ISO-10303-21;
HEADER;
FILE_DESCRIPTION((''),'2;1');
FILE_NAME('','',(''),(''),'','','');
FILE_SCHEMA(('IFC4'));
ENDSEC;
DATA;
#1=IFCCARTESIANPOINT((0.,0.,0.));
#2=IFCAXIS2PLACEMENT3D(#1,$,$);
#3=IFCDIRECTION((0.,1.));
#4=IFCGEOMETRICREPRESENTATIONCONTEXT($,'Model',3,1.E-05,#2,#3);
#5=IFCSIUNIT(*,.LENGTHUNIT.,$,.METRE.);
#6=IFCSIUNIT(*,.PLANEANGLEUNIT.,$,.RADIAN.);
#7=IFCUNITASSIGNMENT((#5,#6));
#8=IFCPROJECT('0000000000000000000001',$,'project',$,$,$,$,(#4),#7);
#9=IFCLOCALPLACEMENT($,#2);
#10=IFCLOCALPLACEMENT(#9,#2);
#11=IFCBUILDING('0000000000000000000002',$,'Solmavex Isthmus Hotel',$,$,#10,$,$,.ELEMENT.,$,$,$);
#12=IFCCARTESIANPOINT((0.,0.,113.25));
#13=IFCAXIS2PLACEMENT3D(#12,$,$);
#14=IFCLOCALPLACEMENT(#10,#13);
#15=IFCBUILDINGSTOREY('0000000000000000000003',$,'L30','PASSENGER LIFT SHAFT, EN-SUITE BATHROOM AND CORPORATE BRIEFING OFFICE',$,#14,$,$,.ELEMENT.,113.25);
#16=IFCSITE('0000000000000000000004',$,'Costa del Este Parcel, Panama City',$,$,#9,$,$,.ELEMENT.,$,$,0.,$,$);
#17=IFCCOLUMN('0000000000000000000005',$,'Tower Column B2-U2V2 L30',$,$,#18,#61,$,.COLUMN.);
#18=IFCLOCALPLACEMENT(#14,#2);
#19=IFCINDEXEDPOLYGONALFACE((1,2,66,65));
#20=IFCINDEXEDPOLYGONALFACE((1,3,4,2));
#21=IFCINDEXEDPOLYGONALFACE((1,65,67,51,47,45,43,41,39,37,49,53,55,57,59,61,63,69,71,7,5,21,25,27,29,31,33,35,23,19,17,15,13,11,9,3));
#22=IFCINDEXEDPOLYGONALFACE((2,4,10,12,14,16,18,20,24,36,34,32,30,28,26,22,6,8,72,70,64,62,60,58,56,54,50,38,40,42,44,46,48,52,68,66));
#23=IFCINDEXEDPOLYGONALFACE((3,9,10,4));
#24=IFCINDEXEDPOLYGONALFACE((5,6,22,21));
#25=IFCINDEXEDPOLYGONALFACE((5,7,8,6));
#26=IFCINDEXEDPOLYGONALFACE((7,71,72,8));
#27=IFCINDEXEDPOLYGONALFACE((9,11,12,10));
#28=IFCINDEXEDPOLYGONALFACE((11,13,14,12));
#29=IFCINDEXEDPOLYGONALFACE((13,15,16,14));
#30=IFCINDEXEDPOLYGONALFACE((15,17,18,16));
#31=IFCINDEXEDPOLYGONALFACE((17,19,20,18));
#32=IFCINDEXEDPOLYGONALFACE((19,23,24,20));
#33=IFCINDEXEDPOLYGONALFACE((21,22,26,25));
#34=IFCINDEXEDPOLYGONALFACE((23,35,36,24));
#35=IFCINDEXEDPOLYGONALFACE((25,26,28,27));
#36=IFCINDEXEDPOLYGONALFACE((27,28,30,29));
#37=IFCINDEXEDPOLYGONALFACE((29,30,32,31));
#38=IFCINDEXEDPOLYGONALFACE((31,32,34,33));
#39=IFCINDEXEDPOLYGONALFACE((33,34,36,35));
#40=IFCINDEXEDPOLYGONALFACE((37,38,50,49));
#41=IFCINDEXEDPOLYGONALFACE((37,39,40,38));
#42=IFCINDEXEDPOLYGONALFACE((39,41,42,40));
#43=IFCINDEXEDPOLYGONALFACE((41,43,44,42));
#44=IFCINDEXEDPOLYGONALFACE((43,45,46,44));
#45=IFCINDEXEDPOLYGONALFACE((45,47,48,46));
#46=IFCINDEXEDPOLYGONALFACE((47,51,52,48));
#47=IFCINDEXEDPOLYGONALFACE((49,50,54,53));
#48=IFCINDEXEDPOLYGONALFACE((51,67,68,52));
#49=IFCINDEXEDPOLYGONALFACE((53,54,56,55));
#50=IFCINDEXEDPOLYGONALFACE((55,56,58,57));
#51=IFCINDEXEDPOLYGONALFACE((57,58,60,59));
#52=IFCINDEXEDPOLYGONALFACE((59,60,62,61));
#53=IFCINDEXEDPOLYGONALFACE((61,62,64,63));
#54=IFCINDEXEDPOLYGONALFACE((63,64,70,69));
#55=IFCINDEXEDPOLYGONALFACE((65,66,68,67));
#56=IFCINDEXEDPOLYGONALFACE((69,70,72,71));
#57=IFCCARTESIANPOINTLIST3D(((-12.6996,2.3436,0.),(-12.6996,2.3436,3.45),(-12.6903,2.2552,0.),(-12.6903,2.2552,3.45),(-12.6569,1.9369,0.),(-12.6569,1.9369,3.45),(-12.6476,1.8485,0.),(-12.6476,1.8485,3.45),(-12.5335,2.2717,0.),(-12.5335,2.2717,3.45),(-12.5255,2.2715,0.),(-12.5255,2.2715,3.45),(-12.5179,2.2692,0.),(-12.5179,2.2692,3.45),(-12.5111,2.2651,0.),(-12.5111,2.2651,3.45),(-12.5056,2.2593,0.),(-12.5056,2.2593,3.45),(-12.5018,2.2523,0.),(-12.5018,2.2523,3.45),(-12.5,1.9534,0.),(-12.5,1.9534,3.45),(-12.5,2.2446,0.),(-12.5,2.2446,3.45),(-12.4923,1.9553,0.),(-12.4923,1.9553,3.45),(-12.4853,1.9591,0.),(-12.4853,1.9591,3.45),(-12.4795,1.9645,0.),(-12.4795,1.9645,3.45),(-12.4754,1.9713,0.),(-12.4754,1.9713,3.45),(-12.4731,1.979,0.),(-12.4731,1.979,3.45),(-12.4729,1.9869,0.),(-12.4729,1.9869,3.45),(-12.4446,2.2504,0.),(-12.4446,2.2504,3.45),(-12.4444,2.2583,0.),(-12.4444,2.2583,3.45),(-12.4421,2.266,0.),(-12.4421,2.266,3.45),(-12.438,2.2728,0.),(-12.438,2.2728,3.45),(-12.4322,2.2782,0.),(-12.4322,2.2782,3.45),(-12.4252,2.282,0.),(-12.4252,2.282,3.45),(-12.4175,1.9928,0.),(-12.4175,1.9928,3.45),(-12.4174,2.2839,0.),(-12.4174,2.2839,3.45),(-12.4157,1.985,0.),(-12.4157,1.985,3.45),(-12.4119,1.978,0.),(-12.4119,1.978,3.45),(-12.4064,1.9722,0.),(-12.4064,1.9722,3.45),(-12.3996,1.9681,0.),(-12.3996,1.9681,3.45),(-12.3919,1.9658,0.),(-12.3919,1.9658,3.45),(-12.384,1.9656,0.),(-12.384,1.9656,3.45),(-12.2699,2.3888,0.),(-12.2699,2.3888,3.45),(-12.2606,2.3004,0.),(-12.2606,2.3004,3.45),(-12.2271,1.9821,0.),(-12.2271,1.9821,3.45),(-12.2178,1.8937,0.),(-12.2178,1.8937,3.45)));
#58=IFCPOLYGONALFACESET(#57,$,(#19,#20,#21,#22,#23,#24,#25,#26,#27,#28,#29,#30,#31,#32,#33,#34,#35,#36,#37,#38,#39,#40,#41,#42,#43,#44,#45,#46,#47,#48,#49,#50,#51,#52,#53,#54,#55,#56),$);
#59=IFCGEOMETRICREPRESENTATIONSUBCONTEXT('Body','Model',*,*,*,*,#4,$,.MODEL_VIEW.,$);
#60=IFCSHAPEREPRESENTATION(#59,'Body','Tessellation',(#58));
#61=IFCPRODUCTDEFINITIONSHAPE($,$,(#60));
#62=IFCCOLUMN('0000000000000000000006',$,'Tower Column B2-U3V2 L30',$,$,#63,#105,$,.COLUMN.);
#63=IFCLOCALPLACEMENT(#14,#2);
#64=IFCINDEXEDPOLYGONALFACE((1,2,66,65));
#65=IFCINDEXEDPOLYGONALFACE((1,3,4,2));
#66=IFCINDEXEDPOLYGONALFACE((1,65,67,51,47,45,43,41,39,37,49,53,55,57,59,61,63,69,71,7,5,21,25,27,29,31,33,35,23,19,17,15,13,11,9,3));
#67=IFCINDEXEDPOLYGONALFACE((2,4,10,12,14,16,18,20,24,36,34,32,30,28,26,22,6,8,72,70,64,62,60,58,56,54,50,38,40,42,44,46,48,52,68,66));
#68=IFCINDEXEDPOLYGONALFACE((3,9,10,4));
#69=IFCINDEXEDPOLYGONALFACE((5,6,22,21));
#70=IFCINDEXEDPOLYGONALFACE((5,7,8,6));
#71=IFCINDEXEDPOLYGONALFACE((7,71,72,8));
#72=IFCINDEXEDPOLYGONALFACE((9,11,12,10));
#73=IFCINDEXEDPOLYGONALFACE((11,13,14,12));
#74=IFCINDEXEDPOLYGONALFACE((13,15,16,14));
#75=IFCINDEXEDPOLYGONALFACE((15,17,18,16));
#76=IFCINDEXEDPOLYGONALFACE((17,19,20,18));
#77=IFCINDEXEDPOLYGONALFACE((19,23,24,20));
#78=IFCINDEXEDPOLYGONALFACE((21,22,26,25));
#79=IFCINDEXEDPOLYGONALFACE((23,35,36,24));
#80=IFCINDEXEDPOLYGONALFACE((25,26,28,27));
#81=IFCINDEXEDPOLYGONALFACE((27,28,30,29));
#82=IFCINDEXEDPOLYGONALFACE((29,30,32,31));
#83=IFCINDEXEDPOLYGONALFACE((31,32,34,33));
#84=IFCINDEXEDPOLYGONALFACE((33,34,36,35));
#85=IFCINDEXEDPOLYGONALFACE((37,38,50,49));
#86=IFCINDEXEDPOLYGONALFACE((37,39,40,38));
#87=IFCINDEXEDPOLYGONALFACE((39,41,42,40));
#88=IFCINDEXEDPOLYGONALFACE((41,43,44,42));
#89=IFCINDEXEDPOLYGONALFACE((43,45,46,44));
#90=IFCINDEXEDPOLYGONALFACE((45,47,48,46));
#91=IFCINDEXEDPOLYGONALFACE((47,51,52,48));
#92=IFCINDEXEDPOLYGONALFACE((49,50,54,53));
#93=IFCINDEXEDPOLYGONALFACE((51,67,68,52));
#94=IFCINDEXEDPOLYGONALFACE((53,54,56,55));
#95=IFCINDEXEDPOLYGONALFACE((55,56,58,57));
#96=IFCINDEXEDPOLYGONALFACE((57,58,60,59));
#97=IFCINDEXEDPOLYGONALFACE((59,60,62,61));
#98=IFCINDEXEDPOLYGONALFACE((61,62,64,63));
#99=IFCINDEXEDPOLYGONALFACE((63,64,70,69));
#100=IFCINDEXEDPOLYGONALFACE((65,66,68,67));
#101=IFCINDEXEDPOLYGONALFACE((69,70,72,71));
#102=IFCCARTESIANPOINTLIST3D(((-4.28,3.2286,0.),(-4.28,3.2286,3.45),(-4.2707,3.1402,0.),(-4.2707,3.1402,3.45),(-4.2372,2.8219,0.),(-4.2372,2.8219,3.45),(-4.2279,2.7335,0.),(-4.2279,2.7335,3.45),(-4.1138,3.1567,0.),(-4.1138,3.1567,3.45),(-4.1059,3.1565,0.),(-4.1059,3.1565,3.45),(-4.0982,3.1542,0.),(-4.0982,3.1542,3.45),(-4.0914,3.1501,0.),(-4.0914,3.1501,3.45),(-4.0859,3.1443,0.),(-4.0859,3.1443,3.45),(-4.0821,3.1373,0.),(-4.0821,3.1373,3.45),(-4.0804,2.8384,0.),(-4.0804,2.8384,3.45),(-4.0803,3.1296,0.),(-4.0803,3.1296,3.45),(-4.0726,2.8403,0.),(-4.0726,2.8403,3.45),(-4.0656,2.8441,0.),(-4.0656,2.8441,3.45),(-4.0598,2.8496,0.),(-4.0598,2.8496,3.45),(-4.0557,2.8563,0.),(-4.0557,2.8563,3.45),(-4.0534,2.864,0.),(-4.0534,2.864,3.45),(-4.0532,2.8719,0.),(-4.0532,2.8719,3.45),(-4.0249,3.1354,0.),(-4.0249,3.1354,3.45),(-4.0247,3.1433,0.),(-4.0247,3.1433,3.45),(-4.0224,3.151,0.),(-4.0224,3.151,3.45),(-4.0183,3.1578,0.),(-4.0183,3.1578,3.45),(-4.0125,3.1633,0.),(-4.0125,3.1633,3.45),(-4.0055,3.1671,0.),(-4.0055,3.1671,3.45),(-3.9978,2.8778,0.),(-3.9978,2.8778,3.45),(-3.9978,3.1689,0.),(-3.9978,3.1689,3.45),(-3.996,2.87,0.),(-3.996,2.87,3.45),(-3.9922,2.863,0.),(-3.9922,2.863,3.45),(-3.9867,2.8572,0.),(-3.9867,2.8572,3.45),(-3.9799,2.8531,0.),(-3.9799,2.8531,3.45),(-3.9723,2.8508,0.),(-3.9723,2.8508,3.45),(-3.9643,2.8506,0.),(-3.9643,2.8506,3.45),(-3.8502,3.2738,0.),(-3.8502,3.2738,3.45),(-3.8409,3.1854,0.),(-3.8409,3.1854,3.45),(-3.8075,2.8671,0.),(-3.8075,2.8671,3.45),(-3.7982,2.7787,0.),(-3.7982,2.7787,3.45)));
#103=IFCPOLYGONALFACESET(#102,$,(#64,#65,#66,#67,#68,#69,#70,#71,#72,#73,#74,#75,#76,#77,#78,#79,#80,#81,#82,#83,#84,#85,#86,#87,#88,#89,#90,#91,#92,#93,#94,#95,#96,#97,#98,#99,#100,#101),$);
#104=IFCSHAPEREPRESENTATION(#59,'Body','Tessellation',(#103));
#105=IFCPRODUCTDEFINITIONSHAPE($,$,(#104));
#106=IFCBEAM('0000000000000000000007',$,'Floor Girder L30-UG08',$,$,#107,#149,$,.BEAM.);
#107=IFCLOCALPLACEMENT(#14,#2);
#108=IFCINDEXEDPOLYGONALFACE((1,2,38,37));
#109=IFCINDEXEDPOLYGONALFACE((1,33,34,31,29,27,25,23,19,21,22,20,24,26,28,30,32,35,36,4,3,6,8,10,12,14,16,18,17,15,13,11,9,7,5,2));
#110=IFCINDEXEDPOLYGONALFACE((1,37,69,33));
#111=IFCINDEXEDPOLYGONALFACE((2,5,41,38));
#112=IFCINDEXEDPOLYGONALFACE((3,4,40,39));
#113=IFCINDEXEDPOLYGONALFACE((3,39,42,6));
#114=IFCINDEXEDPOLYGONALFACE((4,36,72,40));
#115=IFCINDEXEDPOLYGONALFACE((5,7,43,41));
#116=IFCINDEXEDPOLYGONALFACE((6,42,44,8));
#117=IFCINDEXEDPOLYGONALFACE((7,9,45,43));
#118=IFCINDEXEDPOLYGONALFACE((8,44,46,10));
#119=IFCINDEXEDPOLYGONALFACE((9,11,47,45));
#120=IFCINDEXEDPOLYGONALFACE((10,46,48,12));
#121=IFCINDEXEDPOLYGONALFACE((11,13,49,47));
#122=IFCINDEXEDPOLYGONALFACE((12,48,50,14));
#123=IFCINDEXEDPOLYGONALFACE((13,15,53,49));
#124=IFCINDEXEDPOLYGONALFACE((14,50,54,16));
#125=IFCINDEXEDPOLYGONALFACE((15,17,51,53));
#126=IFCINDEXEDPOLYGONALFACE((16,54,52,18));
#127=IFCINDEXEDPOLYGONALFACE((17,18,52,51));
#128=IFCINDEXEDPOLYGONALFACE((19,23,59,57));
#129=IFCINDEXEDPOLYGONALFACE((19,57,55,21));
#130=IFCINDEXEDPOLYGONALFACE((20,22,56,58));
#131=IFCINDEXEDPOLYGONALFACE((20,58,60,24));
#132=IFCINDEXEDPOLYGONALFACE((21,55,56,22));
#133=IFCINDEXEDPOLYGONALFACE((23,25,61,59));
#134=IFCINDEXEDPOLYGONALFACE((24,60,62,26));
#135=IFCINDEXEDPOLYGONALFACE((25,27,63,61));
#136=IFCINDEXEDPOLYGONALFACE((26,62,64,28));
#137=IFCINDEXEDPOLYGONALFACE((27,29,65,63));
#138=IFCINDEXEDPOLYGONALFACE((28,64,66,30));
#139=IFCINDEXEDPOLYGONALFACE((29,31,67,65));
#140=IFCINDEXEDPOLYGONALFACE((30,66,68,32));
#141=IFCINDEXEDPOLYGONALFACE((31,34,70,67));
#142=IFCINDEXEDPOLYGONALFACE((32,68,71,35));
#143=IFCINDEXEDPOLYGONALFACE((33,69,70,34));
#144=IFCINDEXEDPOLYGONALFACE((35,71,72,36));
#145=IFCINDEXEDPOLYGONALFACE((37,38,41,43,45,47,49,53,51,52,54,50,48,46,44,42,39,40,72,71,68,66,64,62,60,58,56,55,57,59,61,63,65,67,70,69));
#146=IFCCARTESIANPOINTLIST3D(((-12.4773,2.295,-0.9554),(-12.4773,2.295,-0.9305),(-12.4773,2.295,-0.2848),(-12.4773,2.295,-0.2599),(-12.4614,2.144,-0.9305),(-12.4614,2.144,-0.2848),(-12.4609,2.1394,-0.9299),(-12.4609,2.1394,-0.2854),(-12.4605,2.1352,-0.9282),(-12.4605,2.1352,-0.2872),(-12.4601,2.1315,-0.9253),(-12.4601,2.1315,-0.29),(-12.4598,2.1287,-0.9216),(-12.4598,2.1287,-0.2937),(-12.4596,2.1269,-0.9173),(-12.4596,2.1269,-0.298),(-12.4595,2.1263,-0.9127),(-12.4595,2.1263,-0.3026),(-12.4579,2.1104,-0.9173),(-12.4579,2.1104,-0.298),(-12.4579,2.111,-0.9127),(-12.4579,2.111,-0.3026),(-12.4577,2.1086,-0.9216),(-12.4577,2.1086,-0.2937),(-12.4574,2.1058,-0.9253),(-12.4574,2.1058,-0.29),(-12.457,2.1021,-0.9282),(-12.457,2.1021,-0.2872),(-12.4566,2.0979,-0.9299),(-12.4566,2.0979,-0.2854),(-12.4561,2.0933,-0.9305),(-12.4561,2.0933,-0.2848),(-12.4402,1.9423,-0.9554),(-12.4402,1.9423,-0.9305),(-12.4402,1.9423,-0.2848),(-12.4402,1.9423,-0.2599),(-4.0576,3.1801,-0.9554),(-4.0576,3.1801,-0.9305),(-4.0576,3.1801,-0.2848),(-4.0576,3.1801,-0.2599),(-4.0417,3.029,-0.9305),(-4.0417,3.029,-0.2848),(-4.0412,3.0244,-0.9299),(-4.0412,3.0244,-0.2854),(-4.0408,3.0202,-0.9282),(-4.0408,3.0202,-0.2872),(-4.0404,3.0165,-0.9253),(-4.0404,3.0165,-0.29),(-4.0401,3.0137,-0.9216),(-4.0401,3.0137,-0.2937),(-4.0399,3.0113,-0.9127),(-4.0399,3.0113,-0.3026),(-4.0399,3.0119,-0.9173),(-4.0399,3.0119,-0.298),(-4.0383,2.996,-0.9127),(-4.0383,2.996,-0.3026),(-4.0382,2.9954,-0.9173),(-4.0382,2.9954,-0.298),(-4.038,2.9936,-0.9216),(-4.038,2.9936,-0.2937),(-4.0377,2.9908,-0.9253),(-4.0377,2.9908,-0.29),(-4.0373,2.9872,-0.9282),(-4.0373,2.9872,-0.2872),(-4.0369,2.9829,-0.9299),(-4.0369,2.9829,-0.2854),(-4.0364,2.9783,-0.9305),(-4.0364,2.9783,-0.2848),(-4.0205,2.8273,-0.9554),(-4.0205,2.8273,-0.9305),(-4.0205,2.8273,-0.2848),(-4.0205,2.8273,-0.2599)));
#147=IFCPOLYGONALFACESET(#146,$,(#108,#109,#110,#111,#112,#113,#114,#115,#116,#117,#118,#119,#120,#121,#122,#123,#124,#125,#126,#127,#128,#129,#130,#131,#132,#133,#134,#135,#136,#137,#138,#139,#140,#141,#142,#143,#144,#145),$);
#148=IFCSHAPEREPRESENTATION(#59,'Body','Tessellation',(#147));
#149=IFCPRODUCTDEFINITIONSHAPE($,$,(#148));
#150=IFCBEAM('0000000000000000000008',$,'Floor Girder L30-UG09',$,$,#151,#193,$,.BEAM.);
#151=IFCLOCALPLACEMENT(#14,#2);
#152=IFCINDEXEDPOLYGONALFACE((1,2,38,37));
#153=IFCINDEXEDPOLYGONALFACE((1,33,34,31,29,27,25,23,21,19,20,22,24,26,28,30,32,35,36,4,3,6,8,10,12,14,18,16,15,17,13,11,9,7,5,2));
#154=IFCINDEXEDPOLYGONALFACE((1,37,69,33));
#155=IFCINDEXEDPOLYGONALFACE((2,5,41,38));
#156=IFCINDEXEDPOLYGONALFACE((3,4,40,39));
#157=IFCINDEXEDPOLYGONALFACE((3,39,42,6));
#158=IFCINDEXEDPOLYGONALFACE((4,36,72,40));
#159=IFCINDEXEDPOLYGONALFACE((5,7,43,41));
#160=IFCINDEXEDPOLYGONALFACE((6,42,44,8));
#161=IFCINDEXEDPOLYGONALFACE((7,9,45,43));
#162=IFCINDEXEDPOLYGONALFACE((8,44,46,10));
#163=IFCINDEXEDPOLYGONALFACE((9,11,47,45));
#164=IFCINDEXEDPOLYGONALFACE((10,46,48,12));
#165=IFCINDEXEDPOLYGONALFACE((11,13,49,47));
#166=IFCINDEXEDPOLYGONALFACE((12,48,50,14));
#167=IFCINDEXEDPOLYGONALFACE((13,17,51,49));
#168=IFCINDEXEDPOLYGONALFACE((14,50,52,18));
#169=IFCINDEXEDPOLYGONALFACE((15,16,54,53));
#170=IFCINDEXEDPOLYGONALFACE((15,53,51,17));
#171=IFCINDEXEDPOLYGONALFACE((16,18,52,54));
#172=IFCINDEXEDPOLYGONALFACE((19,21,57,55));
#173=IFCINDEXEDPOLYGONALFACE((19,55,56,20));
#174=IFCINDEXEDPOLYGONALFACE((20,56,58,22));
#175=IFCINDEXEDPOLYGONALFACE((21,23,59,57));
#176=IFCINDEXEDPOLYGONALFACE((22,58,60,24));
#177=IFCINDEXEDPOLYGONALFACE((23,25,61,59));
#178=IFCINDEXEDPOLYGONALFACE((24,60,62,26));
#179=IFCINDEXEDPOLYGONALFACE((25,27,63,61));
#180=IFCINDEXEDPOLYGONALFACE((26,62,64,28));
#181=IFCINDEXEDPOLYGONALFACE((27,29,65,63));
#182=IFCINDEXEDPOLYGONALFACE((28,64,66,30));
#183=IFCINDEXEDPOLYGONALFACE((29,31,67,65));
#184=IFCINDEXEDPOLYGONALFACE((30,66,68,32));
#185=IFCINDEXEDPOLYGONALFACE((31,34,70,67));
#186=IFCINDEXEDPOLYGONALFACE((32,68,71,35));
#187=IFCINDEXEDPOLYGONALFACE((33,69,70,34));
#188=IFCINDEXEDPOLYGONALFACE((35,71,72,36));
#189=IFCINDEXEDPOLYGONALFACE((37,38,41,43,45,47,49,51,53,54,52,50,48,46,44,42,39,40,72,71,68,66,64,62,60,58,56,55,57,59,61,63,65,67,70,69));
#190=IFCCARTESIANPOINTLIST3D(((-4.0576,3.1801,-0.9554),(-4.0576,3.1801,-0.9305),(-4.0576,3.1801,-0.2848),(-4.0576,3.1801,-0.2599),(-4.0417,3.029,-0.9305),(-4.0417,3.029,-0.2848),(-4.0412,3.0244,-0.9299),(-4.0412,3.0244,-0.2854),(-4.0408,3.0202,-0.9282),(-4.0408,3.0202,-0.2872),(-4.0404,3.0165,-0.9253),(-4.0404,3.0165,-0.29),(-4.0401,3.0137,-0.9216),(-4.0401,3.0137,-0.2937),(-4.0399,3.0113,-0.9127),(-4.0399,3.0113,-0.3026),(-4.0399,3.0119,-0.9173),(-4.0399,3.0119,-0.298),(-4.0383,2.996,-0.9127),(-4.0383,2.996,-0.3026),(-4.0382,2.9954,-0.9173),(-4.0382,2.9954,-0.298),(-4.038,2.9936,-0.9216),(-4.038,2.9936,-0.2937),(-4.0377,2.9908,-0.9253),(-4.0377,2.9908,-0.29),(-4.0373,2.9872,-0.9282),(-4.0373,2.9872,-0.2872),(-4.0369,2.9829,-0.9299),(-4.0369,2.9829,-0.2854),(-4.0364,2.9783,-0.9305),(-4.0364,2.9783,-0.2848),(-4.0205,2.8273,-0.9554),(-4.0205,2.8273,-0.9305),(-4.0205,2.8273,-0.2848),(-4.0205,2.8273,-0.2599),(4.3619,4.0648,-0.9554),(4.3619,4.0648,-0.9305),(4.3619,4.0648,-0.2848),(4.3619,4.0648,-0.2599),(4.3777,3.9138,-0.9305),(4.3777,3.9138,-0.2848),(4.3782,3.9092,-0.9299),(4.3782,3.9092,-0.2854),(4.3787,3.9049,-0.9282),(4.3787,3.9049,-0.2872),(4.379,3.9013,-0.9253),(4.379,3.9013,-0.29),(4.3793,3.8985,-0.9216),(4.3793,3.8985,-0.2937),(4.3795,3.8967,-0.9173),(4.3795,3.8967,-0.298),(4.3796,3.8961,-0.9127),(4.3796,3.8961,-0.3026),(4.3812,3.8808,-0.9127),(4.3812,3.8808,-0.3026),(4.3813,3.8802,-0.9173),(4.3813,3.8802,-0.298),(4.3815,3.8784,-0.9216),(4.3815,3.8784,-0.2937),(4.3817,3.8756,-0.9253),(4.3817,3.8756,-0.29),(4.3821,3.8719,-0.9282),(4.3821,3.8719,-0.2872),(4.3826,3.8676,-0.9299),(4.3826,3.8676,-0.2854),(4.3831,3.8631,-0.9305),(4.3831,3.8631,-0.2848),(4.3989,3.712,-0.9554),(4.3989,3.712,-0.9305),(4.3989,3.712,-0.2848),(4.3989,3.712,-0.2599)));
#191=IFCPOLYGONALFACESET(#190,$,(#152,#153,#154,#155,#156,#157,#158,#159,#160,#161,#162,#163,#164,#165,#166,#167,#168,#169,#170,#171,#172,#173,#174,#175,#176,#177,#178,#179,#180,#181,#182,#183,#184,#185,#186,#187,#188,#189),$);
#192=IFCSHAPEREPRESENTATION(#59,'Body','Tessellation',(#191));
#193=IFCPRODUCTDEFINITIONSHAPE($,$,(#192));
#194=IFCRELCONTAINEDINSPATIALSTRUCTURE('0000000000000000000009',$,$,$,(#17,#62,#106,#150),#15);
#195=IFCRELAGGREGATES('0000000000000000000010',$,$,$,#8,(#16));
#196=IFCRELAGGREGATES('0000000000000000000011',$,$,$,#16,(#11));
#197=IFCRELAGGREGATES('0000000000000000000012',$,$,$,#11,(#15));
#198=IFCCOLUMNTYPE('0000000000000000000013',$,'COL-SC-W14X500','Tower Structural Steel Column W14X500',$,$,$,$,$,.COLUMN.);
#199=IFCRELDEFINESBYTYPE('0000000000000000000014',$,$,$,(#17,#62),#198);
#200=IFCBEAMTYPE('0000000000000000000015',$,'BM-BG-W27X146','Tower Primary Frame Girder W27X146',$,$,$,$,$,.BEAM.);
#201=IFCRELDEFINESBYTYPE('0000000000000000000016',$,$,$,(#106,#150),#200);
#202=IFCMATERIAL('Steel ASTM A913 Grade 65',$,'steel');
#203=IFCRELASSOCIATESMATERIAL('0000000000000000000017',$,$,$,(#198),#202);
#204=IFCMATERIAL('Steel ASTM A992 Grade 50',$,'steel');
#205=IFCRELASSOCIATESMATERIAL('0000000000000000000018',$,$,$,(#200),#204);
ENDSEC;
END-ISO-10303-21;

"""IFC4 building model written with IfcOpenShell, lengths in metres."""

from ifc_helpers import new_model, si_unit, direction, frame, origin, origin_2d, place, context, subcontext, project, spatial, i_section, extrude, material, material_profile, profile_set, type_object, element, save


model = new_model("IFC4")

# Units and contexts
model_context = context("Model", 3, precision=1e-05, world=origin(), true_north=direction((0.0, 1.0)))
body_context = subcontext(model_context, "Body", "Model", "MODEL_VIEW")
ifc_project = project(units=[si_unit("LENGTHUNIT", "METRE"), si_unit("PLANEANGLEUNIT", "RADIAN")], contexts=[model_context])

# Site, building, storey
site_placement = place(None, origin())
site = spatial("IfcSite", under=ifc_project, at=site_placement, Name="Costa del Este Parcel, Panama City", CompositionType="ELEMENT", RefElevation=0.0)
building_placement = place(site_placement, origin())
building = spatial("IfcBuilding", under=site, at=building_placement, Name="Solmavex Isthmus Hotel", CompositionType="ELEMENT")
storey_placement = place(building_placement, frame((0.0, 0.0, 113.25)))
storey = spatial("IfcBuildingStorey", under=building, at=storey_placement, Name="L30", Description="PASSENGER LIFT SHAFT, EN-SUITE BATHROOM AND CORPORATE BRIEFING OFFICE", CompositionType="ELEMENT", Elevation=113.25)

# Columns
ifc_material_1 = material(Name="Steel ASTM A913 Grade 65", Category="steel")
ifc_material_profile_1 = material_profile(ifc_material_1, i_section(OverallWidth=0.4321, OverallDepth=0.4978, WebThickness=0.0557, FlangeThickness=0.0889, FilletRadius=0.0305, at=origin_2d()), Name="W14X500")
ifc_profile_set_1 = profile_set([ifc_material_profile_1], Name="Steel ASTM A913 Grade 65")
column_type = type_object("IfcColumnType", Name="COL-SC-W14X500", Description="Tower Structural Steel Column W14X500", PredefinedType="COLUMN", material=ifc_profile_set_1)
for number, where, z_axis, x_axis, name in (
    (1, (-12.4587, 2.1187, 0.0), (0.0, 0.0, 1.0), (0.994522, 0.104528, 0.0), "Tower Column B2-U2V2 L30"),
    (2, (-4.0391, 3.0037, 0.0), (0.0, 0.0, 1.0), (0.994522, 0.104528, 0.0), "Tower Column B2-U3V2 L30"),
):
    element("IfcColumn", number, at=place(storey_placement, frame(where, z_axis=z_axis, x_axis=x_axis)), inside=storey, type_object=column_type, Name=name, PredefinedType="COLUMN", context=body_context, shape_type="SweptSolid", body=[
        extrude(i_section(OverallWidth=0.4321, OverallDepth=0.4978, WebThickness=0.0557, FlangeThickness=0.0889, FilletRadius=0.0305, at=origin_2d()), origin(), (0.0, 0.0, 1.0), 3.45),
    ])

# Beams
ifc_material_2 = material(Name="Steel ASTM A992 Grade 50", Category="steel")
ifc_material_profile_2 = material_profile(ifc_material_2, i_section(OverallWidth=0.3547, OverallDepth=0.6956, WebThickness=0.0154, FlangeThickness=0.0249, FilletRadius=0.0178, at=origin_2d()), Name="W27X146")
ifc_profile_set_2 = profile_set([ifc_material_profile_2], Name="Steel ASTM A992 Grade 50")
beam_type_1 = type_object("IfcBeamType", Name="BM-BG-W27X146", Description="Tower Primary Frame Girder W27X146", PredefinedType="BEAM", material=ifc_profile_set_2)
beam_1_placement = place(storey_placement, frame((-12.4587, 2.1187, -0.6077), z_axis=(0.994521, 0.104536, 0.0), x_axis=(-0.104536, 0.994521, 0.0)))
element("IfcBeam", 3, at=beam_1_placement, inside=storey, type_object=beam_type_1, Name="Floor Girder L30-UG08", PredefinedType="BEAM", context=body_context, shape_type="SweptSolid", body=[
    extrude(i_section(OverallWidth=0.3547, OverallDepth=0.6956, WebThickness=0.0154, FlangeThickness=0.0249, FilletRadius=0.0178, at=origin_2d()), origin(), (0.0, 0.0, 1.0), 8.4661),
])
beam_2_placement = place(storey_placement, frame((-4.0391, 3.0037, -0.6077), z_axis=(0.994524, 0.104511, 0.0), x_axis=(-0.104511, 0.994524, 0.0)))
element("IfcBeam", 4, at=beam_2_placement, inside=storey, type_object=beam_type_1, Name="Floor Girder L30-UG09", PredefinedType="BEAM", context=body_context, shape_type="SweptSolid", body=[
    extrude(i_section(OverallWidth=0.3547, OverallDepth=0.6956, WebThickness=0.0154, FlangeThickness=0.0249, FilletRadius=0.0178, at=origin_2d()), origin(), (0.0, 0.0, 1.0), 8.4658),
])

save(model, "model.ifc")
